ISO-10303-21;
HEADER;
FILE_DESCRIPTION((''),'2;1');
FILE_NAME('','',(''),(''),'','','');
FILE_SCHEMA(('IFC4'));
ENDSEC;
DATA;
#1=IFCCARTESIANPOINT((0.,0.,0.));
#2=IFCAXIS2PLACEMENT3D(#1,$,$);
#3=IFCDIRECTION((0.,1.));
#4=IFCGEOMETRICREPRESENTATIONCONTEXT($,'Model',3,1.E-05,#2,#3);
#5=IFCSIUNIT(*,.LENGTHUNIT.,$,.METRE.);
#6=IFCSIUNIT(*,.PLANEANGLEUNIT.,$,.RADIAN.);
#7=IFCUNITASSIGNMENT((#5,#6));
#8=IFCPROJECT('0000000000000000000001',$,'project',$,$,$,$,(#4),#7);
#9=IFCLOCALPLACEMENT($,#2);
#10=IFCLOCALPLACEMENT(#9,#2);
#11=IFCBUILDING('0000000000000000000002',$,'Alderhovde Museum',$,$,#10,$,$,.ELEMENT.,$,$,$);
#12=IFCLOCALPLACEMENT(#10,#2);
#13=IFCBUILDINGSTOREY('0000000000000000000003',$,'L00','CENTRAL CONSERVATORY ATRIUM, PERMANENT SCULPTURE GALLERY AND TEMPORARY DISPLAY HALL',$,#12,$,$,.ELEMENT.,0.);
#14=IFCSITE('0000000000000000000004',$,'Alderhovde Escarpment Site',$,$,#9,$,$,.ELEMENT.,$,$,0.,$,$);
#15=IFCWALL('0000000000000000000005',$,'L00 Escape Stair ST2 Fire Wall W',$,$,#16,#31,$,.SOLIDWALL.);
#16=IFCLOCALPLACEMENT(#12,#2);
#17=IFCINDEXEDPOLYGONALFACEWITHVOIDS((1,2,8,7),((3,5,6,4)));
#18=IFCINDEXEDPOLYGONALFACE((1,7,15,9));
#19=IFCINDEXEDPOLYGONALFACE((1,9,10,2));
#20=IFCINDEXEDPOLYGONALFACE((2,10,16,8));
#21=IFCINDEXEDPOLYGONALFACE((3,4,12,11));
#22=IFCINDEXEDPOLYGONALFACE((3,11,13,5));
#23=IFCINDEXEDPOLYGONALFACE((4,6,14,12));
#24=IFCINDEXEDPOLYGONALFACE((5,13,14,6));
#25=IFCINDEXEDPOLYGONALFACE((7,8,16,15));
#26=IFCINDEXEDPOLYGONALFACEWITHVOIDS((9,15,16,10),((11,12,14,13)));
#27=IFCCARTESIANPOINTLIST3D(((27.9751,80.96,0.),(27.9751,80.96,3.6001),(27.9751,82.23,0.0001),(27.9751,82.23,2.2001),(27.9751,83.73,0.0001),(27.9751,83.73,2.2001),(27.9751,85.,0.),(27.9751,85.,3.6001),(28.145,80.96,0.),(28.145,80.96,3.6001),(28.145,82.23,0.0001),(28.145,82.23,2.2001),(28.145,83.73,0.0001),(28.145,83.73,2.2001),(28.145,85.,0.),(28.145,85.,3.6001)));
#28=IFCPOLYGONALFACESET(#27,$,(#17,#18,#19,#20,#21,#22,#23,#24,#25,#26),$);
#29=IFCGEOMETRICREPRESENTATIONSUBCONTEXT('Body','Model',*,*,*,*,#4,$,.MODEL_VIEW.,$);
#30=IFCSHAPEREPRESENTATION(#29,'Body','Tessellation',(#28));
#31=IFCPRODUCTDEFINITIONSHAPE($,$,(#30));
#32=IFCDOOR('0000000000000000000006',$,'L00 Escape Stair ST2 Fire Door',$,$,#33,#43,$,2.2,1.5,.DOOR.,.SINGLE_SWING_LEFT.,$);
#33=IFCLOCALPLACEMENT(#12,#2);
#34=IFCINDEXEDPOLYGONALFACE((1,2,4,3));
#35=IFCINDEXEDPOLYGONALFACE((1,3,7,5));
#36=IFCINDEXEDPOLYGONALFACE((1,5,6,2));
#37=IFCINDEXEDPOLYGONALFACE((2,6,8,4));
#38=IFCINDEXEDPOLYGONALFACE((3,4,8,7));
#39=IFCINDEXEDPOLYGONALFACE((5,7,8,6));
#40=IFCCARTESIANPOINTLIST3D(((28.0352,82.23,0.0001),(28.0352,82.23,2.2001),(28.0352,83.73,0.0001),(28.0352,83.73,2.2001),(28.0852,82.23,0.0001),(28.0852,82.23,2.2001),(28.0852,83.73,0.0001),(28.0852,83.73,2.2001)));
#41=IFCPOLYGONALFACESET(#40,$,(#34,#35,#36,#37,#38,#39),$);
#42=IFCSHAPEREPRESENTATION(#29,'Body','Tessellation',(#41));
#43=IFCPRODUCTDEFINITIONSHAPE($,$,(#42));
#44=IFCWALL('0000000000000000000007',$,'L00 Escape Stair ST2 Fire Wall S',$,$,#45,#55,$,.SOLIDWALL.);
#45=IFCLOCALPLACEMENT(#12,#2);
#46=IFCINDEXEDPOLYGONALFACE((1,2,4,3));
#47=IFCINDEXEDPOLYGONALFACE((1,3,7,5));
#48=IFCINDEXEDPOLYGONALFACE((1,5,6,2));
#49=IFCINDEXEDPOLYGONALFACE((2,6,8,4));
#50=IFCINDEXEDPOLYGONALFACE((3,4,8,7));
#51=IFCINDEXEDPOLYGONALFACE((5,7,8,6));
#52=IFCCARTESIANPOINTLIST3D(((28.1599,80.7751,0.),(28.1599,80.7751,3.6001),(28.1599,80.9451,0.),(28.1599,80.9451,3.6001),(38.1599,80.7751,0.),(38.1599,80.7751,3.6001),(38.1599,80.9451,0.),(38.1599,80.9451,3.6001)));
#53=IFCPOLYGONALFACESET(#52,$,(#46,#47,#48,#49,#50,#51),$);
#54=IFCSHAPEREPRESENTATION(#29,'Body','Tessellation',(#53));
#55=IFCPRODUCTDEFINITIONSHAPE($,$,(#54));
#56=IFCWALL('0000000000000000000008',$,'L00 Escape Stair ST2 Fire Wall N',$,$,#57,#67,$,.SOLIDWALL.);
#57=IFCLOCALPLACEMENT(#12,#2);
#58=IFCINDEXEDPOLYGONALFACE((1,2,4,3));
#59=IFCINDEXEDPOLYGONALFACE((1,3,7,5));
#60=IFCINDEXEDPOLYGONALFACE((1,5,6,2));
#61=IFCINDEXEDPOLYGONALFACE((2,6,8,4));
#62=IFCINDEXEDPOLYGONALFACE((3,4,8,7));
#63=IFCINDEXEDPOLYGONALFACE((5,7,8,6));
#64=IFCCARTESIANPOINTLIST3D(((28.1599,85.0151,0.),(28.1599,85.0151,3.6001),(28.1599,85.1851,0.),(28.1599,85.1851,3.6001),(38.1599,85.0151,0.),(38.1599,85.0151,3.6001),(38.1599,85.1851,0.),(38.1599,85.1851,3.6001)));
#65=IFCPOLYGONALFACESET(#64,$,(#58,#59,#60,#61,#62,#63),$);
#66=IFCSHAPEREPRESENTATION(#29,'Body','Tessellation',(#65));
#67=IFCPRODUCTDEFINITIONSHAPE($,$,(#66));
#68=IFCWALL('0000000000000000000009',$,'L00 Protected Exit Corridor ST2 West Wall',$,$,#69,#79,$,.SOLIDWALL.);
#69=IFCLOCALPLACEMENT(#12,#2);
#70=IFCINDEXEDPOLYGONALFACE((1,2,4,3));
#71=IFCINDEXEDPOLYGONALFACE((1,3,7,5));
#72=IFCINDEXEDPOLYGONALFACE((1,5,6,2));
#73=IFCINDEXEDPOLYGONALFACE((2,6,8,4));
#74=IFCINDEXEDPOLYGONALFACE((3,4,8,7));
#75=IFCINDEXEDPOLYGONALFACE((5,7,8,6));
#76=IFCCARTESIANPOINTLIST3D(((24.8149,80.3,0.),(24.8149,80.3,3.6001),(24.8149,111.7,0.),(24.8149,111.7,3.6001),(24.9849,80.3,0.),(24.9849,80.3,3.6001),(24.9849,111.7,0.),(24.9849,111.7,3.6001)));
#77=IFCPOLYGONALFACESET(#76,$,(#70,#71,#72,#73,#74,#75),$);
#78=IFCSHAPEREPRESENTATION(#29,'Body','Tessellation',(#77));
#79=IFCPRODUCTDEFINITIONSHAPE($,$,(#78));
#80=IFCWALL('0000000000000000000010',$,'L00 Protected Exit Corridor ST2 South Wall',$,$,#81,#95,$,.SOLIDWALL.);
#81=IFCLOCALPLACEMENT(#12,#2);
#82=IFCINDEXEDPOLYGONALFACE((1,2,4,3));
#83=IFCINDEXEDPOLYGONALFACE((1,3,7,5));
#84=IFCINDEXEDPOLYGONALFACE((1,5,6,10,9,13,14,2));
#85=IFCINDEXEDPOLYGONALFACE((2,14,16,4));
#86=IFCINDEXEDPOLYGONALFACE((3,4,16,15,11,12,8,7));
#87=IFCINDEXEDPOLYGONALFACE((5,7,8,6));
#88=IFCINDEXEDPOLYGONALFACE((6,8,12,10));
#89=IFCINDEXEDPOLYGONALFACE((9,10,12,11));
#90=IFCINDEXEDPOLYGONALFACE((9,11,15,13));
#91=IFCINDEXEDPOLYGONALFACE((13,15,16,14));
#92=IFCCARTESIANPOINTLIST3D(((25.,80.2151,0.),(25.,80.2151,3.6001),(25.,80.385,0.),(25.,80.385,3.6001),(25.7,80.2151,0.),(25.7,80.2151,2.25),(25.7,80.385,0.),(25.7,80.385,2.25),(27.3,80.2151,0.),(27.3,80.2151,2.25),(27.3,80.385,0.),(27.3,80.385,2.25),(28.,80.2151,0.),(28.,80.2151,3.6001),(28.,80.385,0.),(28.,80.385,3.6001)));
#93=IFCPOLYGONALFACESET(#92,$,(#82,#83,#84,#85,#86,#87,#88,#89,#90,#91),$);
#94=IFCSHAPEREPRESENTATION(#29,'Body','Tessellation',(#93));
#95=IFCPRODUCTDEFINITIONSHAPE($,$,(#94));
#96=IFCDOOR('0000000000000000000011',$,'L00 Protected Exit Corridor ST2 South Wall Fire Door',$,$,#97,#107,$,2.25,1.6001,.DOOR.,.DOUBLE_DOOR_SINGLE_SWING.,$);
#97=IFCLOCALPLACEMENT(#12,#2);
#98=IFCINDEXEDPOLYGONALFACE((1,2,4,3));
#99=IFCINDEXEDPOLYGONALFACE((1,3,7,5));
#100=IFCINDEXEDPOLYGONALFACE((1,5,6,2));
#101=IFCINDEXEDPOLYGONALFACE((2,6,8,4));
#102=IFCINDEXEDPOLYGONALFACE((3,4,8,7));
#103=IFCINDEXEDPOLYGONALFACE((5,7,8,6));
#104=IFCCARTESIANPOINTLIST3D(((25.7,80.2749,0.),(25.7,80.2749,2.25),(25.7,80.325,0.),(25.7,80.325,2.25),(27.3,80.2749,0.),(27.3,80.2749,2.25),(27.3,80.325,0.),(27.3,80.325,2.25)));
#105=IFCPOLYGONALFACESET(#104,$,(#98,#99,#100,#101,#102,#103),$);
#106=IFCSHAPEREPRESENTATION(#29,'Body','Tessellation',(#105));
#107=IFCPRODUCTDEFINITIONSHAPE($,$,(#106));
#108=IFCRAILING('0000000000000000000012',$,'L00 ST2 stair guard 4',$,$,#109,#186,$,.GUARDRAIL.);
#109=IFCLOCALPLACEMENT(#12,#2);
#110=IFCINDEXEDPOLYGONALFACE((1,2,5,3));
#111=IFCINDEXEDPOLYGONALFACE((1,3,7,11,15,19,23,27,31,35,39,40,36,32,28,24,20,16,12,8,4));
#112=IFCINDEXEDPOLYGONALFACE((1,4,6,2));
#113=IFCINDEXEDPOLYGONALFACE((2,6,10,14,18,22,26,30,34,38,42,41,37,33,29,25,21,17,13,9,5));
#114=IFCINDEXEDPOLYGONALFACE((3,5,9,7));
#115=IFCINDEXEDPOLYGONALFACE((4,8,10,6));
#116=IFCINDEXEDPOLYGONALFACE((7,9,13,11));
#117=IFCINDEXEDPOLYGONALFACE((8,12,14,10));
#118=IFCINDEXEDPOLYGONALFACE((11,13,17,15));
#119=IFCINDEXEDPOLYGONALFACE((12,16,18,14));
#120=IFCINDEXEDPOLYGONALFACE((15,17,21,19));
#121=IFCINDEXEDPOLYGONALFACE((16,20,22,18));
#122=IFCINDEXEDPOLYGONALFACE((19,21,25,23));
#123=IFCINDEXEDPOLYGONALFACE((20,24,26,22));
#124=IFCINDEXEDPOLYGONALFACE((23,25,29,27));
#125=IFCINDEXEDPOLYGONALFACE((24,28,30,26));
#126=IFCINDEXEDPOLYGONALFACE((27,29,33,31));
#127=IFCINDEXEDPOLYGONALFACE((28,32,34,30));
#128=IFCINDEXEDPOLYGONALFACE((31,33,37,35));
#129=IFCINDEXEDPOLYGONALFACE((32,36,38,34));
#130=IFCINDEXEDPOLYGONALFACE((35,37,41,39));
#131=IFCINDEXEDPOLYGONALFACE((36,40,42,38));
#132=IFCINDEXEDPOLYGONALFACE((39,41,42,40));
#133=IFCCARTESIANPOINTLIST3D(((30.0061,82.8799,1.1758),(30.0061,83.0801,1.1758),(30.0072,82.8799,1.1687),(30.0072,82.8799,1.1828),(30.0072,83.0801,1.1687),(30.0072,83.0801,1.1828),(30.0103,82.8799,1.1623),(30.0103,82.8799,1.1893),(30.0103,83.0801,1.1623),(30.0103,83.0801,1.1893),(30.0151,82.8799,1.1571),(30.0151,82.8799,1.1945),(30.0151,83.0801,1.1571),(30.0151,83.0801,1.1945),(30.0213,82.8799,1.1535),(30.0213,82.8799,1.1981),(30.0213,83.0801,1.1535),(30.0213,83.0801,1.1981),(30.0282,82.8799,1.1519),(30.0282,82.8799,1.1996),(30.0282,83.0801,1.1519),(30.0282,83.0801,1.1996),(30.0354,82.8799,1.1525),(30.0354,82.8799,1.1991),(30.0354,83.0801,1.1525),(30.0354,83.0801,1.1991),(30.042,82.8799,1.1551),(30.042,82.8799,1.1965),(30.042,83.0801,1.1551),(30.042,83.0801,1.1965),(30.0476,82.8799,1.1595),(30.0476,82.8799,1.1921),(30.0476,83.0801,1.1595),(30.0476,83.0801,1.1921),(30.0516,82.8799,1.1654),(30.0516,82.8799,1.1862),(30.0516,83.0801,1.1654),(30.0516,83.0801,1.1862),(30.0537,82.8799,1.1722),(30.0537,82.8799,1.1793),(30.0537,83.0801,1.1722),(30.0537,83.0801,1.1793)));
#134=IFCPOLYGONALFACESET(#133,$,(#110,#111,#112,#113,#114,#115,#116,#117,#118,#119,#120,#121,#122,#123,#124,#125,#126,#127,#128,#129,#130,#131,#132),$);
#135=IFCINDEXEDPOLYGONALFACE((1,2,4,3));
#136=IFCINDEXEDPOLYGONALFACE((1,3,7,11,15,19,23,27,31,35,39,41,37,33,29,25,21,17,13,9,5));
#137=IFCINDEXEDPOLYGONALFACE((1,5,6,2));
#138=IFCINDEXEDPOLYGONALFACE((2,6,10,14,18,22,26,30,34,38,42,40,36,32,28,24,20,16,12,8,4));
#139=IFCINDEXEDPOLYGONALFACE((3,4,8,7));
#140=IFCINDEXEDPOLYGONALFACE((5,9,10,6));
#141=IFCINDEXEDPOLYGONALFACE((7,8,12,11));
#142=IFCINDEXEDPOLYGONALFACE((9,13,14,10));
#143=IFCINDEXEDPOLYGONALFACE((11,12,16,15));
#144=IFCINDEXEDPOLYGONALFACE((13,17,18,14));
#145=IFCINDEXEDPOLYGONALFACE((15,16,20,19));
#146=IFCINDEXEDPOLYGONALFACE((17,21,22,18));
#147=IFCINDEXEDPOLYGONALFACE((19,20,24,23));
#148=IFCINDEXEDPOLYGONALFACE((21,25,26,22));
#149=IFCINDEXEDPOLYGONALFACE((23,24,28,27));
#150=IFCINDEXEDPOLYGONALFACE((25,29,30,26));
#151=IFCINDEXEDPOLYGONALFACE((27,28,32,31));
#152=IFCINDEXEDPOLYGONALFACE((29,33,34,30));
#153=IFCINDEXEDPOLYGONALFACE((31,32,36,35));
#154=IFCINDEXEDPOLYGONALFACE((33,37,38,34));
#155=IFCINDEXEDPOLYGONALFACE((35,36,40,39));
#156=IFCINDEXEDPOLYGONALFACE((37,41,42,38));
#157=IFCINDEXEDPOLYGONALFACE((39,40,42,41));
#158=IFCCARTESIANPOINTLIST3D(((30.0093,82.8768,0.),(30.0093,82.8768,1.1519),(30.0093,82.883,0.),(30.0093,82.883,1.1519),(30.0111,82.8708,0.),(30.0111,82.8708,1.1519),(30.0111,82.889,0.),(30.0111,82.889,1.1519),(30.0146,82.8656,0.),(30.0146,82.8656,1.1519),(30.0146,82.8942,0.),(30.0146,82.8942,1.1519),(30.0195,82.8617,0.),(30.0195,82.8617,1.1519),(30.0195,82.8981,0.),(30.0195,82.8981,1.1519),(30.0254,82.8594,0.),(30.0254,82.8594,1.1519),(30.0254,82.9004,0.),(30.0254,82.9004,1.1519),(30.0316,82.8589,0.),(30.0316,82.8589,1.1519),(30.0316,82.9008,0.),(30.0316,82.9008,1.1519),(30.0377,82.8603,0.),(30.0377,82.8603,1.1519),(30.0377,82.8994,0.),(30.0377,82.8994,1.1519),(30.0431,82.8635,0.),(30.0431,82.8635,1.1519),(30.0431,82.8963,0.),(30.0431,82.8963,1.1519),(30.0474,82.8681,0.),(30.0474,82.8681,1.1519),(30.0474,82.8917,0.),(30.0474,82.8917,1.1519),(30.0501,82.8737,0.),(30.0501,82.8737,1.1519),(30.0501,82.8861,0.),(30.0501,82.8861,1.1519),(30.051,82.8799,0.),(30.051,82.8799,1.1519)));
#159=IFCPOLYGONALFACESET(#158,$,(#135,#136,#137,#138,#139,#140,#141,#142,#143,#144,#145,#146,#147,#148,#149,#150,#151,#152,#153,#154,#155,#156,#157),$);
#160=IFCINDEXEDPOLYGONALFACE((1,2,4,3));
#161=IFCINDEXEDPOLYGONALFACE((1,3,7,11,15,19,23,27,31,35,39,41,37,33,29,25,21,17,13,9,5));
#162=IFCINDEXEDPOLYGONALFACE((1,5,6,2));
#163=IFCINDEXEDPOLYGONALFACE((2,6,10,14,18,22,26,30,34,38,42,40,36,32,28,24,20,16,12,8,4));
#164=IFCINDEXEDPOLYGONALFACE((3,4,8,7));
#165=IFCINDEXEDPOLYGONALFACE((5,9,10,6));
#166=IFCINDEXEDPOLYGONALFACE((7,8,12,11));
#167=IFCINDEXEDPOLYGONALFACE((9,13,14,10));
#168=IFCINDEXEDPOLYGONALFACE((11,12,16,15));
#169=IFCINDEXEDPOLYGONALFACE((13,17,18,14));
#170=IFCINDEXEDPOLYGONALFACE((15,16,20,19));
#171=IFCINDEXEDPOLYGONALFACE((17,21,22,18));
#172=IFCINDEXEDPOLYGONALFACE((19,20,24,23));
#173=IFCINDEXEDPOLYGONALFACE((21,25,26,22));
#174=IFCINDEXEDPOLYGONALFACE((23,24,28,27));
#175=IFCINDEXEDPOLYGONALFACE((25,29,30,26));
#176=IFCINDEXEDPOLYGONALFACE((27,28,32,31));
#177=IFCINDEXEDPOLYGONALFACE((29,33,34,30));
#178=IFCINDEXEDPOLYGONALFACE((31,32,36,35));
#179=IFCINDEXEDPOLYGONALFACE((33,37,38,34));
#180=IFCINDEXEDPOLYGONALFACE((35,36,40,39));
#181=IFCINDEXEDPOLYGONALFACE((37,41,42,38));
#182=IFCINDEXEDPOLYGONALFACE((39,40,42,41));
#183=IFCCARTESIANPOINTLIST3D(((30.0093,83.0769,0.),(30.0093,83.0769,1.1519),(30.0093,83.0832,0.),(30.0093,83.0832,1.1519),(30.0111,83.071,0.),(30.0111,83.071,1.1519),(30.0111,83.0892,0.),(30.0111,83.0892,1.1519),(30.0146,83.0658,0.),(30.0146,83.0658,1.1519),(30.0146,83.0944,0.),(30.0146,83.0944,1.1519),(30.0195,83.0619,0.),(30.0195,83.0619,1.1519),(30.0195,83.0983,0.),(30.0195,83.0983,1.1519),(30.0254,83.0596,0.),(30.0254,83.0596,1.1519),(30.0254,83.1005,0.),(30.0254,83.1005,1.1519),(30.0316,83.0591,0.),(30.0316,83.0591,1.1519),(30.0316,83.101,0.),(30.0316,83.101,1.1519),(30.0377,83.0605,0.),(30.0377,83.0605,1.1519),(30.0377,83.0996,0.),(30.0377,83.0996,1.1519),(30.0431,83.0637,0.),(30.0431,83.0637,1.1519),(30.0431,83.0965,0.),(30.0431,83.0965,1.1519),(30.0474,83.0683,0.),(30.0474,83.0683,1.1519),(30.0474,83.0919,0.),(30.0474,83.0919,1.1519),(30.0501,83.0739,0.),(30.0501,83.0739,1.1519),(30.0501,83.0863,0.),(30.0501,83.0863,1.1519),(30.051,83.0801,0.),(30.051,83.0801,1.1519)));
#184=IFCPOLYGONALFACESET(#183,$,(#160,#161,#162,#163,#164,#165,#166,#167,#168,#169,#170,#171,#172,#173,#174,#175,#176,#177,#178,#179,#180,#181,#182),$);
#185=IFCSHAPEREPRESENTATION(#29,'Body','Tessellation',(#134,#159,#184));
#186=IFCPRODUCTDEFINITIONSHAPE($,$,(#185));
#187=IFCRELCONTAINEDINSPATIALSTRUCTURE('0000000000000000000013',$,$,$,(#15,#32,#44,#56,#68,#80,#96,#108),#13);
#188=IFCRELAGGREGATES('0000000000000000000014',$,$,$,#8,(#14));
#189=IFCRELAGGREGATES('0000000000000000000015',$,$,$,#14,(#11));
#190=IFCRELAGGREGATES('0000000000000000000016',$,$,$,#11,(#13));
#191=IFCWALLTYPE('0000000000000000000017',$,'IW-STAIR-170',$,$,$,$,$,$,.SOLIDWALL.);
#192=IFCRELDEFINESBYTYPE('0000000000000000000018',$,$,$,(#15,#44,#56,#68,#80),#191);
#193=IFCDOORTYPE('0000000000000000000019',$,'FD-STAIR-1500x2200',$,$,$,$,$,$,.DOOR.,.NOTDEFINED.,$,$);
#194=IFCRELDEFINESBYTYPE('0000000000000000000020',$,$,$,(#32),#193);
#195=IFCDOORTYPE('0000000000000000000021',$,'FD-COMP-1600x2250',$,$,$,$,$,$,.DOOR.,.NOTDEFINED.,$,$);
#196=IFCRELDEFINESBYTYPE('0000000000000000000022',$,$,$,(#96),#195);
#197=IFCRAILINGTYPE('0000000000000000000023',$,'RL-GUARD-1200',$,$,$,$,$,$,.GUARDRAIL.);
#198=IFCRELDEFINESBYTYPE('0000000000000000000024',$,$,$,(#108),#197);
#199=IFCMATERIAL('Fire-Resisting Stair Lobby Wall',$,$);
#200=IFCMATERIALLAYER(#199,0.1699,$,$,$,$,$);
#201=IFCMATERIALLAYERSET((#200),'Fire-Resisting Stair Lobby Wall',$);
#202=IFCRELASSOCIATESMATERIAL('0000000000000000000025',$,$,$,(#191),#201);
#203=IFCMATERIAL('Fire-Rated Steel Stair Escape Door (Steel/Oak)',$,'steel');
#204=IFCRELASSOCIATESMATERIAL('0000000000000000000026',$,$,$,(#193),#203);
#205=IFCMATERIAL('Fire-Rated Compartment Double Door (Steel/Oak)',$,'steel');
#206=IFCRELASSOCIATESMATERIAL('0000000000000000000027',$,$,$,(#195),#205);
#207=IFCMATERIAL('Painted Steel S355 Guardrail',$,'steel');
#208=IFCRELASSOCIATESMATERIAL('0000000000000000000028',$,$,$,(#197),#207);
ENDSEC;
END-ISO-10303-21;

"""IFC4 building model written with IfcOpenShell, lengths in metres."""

from ifc_helpers import new_model, si_unit, direction, frame, frame_2d, origin, origin_2d, place, context, subcontext, project, spatial, rectangle, circle, extrude, material, layer, layer_set, type_object, element, fill, save


model = new_model("IFC4")

# Units and contexts
model_context = context("Model", 3, precision=1e-05, world=origin(), true_north=direction((0.0, 1.0)))
body_context = subcontext(model_context, "Body", "Model", "MODEL_VIEW")
ifc_project = project(units=[si_unit("LENGTHUNIT", "METRE"), si_unit("PLANEANGLEUNIT", "RADIAN")], contexts=[model_context])

# Site, building, storey
site_placement = place(None, origin())
site = spatial("IfcSite", under=ifc_project, at=site_placement, Name="Alderhovde Escarpment Site", CompositionType="ELEMENT", RefElevation=0.0)
building_placement = place(site_placement, origin())
building = spatial("IfcBuilding", under=site, at=building_placement, Name="Alderhovde Museum", CompositionType="ELEMENT")
storey_placement = place(building_placement, origin())
storey = spatial("IfcBuildingStorey", under=building, at=storey_placement, Name="L00", Description="CENTRAL CONSERVATORY ATRIUM, PERMANENT SCULPTURE GALLERY AND TEMPORARY DISPLAY HALL", CompositionType="ELEMENT", Elevation=0.0)

# Wall, opening, door
ifc_material_1 = material(Name="Fire-Resisting Stair Lobby Wall")
ifc_layer_1 = layer(ifc_material_1, 0.1699)
ifc_layer_set_1 = layer_set([ifc_layer_1], Name="Fire-Resisting Stair Lobby Wall")
wall_type_1 = type_object("IfcWallType", Name="IW-STAIR-170", PredefinedType="SOLIDWALL", material=ifc_layer_set_1)
wall_1_placement = place(storey_placement, frame((28.0601, 80.96, 0.0), z_axis=(0.0, 0.0, 1.0), x_axis=(0.0, 1.0, 0.0)))
wall_1 = element("IfcWall", 1, at=wall_1_placement, inside=storey, type_object=wall_type_1, Name="L00 Escape Stair ST2 Fire Wall W", PredefinedType="SOLIDWALL", context=body_context, shape_type="SweptSolid", body=[
    extrude(rectangle(XDim=4.04, YDim=0.1699, at=frame_2d((2.02, 0.0))), origin(), (0.0, 0.0, 1.0), 3.6001),
])
opening_1_placement = place(wall_1_placement, frame((1.27, 0.0, 0.0)))
opening_1 = element("IfcOpeningElement", 2, at=opening_1_placement, cuts=wall_1, PredefinedType="OPENING", context=body_context, shape_type="SweptSolid", body=[
    extrude(rectangle(XDim=1.5, YDim=2.2, at=frame_2d((0.75, 1.1001))), frame((0.0, 0.095, 0.0), z_axis=(0.0, -1.0, 0.0), x_axis=(1.0, 0.0, 0.0)), (0.0, 0.0, 1.0), 0.1899),
])
ifc_material_2 = material(Name="Fire-Rated Steel Stair Escape Door (Steel/Oak)", Category="steel")
door_type_1 = type_object("IfcDoorType", Name="FD-STAIR-1500x2200", OperationType="NOTDEFINED", PredefinedType="DOOR", material=ifc_material_2)
door_1_placement = place(opening_1_placement, origin())
door_1 = element("IfcDoor", 3, at=door_1_placement, inside=storey, type_object=door_type_1, Name="L00 Escape Stair ST2 Fire Door", OperationType="SINGLE_SWING_LEFT", OverallHeight=2.2, OverallWidth=1.5, PredefinedType="DOOR", context=body_context, shape_type="SweptSolid", body=[
    extrude(rectangle(XDim=1.5, YDim=2.2, at=frame_2d((0.75, 1.1001))), frame((0.0, 0.0249, 0.0), z_axis=(0.0, -1.0, 0.0), x_axis=(1.0, 0.0, 0.0)), (0.0, 0.0, 1.0), 0.05),
])
fill(opening_1, door_1)

# Walls
for number, where, z_axis, x_axis, name in (
    (4, (28.1599, 80.8601, 0.0), (0.0, 0.0, 1.0), (1.0, 0.0, 0.0), "L00 Escape Stair ST2 Fire Wall S"),
    (5, (28.1599, 85.1001, 0.0), (0.0, 0.0, 1.0), (1.0, 0.0, 0.0), "L00 Escape Stair ST2 Fire Wall N"),
):
    element("IfcWall", number, at=place(storey_placement, frame(where, z_axis=z_axis, x_axis=x_axis)), inside=storey, type_object=wall_type_1, Name=name, PredefinedType="SOLIDWALL", context=body_context, shape_type="SweptSolid", body=[
        extrude(rectangle(XDim=10.0, YDim=0.1699, at=frame_2d((5.0, 0.0))), origin(), (0.0, 0.0, 1.0), 3.6001),
    ])
wall_2_placement = place(storey_placement, frame((24.8999, 80.3, 0.0), z_axis=(0.0, 0.0, 1.0), x_axis=(0.0, 1.0, 0.0)))
element("IfcWall", 6, at=wall_2_placement, inside=storey, type_object=wall_type_1, Name="L00 Protected Exit Corridor ST2 West Wall", PredefinedType="SOLIDWALL", context=body_context, shape_type="SweptSolid", body=[
    extrude(rectangle(XDim=31.3999, YDim=0.1699, at=frame_2d((15.7, 0.0))), origin(), (0.0, 0.0, 1.0), 3.6001),
])

# Wall, opening, door
wall_3_placement = place(storey_placement, frame((25.0, 80.3, 0.0), z_axis=(0.0, 0.0, 1.0), x_axis=(1.0, 0.0, 0.0)))
wall_3 = element("IfcWall", 7, at=wall_3_placement, inside=storey, type_object=wall_type_1, Name="L00 Protected Exit Corridor ST2 South Wall", PredefinedType="SOLIDWALL", context=body_context, shape_type="SweptSolid", body=[
    extrude(rectangle(XDim=3.0, YDim=0.1699, at=frame_2d((1.5, 0.0))), origin(), (0.0, 0.0, 1.0), 3.6001),
])
opening_2_placement = place(wall_3_placement, frame((0.7, 0.0, 0.0)))
opening_2 = element("IfcOpeningElement", 8, at=opening_2_placement, cuts=wall_3, PredefinedType="OPENING", context=body_context, shape_type="SweptSolid", body=[
    extrude(rectangle(XDim=1.6001, YDim=2.25, at=frame_2d((0.8, 1.125))), frame((0.0, 0.095, 0.0), z_axis=(0.0, -1.0, 0.0), x_axis=(1.0, 0.0, 0.0)), (0.0, 0.0, 1.0), 0.1899),
])
ifc_material_3 = material(Name="Fire-Rated Compartment Double Door (Steel/Oak)", Category="steel")
door_type_2 = type_object("IfcDoorType", Name="FD-COMP-1600x2250", OperationType="NOTDEFINED", PredefinedType="DOOR", material=ifc_material_3)
door_2_placement = place(opening_2_placement, origin())
door_2 = element("IfcDoor", 9, at=door_2_placement, inside=storey, type_object=door_type_2, Name="L00 Protected Exit Corridor ST2 South Wall Fire Door", OperationType="DOUBLE_DOOR_SINGLE_SWING", OverallHeight=2.25, OverallWidth=1.6001, PredefinedType="DOOR", context=body_context, shape_type="SweptSolid", body=[
    extrude(rectangle(XDim=1.6001, YDim=2.25, at=frame_2d((0.8, 1.125))), frame((0.0, 0.0249, 0.0), z_axis=(0.0, -1.0, 0.0), x_axis=(1.0, 0.0, 0.0)), (0.0, 0.0, 1.0), 0.05),
])
fill(opening_2, door_2)

# Railing
ifc_material_4 = material(Name="Painted Steel S355 Guardrail", Category="steel")
railing_type = type_object("IfcRailingType", Name="RL-GUARD-1200", PredefinedType="GUARDRAIL", material=ifc_material_4)
railing_placement = place(storey_placement, frame((30.03, 82.8799, 0.0)))
element("IfcRailing", 10, at=railing_placement, inside=storey, type_object=railing_type, Name="L00 ST2 stair guard 4", PredefinedType="GUARDRAIL", context=body_context, shape_type="SweptSolid", body=[
    extrude(circle(Radius=0.0239, at=origin_2d()), frame((0.0, 0.0, 1.1758), z_axis=(0.0, 1.0, 0.0), x_axis=(-1.0, 0.0, 0.0)), (0.0, 0.0, 1.0), 0.2002),
    extrude(circle(Radius=0.021, at=origin_2d()), origin(), (0.0, 0.0, 1.0), 1.1519),
    extrude(circle(Radius=0.021, at=origin_2d()), frame((0.0, 0.2002, 0.0)), (0.0, 0.0, 1.0), 1.1519),
])

save(model, "model.ifc")
